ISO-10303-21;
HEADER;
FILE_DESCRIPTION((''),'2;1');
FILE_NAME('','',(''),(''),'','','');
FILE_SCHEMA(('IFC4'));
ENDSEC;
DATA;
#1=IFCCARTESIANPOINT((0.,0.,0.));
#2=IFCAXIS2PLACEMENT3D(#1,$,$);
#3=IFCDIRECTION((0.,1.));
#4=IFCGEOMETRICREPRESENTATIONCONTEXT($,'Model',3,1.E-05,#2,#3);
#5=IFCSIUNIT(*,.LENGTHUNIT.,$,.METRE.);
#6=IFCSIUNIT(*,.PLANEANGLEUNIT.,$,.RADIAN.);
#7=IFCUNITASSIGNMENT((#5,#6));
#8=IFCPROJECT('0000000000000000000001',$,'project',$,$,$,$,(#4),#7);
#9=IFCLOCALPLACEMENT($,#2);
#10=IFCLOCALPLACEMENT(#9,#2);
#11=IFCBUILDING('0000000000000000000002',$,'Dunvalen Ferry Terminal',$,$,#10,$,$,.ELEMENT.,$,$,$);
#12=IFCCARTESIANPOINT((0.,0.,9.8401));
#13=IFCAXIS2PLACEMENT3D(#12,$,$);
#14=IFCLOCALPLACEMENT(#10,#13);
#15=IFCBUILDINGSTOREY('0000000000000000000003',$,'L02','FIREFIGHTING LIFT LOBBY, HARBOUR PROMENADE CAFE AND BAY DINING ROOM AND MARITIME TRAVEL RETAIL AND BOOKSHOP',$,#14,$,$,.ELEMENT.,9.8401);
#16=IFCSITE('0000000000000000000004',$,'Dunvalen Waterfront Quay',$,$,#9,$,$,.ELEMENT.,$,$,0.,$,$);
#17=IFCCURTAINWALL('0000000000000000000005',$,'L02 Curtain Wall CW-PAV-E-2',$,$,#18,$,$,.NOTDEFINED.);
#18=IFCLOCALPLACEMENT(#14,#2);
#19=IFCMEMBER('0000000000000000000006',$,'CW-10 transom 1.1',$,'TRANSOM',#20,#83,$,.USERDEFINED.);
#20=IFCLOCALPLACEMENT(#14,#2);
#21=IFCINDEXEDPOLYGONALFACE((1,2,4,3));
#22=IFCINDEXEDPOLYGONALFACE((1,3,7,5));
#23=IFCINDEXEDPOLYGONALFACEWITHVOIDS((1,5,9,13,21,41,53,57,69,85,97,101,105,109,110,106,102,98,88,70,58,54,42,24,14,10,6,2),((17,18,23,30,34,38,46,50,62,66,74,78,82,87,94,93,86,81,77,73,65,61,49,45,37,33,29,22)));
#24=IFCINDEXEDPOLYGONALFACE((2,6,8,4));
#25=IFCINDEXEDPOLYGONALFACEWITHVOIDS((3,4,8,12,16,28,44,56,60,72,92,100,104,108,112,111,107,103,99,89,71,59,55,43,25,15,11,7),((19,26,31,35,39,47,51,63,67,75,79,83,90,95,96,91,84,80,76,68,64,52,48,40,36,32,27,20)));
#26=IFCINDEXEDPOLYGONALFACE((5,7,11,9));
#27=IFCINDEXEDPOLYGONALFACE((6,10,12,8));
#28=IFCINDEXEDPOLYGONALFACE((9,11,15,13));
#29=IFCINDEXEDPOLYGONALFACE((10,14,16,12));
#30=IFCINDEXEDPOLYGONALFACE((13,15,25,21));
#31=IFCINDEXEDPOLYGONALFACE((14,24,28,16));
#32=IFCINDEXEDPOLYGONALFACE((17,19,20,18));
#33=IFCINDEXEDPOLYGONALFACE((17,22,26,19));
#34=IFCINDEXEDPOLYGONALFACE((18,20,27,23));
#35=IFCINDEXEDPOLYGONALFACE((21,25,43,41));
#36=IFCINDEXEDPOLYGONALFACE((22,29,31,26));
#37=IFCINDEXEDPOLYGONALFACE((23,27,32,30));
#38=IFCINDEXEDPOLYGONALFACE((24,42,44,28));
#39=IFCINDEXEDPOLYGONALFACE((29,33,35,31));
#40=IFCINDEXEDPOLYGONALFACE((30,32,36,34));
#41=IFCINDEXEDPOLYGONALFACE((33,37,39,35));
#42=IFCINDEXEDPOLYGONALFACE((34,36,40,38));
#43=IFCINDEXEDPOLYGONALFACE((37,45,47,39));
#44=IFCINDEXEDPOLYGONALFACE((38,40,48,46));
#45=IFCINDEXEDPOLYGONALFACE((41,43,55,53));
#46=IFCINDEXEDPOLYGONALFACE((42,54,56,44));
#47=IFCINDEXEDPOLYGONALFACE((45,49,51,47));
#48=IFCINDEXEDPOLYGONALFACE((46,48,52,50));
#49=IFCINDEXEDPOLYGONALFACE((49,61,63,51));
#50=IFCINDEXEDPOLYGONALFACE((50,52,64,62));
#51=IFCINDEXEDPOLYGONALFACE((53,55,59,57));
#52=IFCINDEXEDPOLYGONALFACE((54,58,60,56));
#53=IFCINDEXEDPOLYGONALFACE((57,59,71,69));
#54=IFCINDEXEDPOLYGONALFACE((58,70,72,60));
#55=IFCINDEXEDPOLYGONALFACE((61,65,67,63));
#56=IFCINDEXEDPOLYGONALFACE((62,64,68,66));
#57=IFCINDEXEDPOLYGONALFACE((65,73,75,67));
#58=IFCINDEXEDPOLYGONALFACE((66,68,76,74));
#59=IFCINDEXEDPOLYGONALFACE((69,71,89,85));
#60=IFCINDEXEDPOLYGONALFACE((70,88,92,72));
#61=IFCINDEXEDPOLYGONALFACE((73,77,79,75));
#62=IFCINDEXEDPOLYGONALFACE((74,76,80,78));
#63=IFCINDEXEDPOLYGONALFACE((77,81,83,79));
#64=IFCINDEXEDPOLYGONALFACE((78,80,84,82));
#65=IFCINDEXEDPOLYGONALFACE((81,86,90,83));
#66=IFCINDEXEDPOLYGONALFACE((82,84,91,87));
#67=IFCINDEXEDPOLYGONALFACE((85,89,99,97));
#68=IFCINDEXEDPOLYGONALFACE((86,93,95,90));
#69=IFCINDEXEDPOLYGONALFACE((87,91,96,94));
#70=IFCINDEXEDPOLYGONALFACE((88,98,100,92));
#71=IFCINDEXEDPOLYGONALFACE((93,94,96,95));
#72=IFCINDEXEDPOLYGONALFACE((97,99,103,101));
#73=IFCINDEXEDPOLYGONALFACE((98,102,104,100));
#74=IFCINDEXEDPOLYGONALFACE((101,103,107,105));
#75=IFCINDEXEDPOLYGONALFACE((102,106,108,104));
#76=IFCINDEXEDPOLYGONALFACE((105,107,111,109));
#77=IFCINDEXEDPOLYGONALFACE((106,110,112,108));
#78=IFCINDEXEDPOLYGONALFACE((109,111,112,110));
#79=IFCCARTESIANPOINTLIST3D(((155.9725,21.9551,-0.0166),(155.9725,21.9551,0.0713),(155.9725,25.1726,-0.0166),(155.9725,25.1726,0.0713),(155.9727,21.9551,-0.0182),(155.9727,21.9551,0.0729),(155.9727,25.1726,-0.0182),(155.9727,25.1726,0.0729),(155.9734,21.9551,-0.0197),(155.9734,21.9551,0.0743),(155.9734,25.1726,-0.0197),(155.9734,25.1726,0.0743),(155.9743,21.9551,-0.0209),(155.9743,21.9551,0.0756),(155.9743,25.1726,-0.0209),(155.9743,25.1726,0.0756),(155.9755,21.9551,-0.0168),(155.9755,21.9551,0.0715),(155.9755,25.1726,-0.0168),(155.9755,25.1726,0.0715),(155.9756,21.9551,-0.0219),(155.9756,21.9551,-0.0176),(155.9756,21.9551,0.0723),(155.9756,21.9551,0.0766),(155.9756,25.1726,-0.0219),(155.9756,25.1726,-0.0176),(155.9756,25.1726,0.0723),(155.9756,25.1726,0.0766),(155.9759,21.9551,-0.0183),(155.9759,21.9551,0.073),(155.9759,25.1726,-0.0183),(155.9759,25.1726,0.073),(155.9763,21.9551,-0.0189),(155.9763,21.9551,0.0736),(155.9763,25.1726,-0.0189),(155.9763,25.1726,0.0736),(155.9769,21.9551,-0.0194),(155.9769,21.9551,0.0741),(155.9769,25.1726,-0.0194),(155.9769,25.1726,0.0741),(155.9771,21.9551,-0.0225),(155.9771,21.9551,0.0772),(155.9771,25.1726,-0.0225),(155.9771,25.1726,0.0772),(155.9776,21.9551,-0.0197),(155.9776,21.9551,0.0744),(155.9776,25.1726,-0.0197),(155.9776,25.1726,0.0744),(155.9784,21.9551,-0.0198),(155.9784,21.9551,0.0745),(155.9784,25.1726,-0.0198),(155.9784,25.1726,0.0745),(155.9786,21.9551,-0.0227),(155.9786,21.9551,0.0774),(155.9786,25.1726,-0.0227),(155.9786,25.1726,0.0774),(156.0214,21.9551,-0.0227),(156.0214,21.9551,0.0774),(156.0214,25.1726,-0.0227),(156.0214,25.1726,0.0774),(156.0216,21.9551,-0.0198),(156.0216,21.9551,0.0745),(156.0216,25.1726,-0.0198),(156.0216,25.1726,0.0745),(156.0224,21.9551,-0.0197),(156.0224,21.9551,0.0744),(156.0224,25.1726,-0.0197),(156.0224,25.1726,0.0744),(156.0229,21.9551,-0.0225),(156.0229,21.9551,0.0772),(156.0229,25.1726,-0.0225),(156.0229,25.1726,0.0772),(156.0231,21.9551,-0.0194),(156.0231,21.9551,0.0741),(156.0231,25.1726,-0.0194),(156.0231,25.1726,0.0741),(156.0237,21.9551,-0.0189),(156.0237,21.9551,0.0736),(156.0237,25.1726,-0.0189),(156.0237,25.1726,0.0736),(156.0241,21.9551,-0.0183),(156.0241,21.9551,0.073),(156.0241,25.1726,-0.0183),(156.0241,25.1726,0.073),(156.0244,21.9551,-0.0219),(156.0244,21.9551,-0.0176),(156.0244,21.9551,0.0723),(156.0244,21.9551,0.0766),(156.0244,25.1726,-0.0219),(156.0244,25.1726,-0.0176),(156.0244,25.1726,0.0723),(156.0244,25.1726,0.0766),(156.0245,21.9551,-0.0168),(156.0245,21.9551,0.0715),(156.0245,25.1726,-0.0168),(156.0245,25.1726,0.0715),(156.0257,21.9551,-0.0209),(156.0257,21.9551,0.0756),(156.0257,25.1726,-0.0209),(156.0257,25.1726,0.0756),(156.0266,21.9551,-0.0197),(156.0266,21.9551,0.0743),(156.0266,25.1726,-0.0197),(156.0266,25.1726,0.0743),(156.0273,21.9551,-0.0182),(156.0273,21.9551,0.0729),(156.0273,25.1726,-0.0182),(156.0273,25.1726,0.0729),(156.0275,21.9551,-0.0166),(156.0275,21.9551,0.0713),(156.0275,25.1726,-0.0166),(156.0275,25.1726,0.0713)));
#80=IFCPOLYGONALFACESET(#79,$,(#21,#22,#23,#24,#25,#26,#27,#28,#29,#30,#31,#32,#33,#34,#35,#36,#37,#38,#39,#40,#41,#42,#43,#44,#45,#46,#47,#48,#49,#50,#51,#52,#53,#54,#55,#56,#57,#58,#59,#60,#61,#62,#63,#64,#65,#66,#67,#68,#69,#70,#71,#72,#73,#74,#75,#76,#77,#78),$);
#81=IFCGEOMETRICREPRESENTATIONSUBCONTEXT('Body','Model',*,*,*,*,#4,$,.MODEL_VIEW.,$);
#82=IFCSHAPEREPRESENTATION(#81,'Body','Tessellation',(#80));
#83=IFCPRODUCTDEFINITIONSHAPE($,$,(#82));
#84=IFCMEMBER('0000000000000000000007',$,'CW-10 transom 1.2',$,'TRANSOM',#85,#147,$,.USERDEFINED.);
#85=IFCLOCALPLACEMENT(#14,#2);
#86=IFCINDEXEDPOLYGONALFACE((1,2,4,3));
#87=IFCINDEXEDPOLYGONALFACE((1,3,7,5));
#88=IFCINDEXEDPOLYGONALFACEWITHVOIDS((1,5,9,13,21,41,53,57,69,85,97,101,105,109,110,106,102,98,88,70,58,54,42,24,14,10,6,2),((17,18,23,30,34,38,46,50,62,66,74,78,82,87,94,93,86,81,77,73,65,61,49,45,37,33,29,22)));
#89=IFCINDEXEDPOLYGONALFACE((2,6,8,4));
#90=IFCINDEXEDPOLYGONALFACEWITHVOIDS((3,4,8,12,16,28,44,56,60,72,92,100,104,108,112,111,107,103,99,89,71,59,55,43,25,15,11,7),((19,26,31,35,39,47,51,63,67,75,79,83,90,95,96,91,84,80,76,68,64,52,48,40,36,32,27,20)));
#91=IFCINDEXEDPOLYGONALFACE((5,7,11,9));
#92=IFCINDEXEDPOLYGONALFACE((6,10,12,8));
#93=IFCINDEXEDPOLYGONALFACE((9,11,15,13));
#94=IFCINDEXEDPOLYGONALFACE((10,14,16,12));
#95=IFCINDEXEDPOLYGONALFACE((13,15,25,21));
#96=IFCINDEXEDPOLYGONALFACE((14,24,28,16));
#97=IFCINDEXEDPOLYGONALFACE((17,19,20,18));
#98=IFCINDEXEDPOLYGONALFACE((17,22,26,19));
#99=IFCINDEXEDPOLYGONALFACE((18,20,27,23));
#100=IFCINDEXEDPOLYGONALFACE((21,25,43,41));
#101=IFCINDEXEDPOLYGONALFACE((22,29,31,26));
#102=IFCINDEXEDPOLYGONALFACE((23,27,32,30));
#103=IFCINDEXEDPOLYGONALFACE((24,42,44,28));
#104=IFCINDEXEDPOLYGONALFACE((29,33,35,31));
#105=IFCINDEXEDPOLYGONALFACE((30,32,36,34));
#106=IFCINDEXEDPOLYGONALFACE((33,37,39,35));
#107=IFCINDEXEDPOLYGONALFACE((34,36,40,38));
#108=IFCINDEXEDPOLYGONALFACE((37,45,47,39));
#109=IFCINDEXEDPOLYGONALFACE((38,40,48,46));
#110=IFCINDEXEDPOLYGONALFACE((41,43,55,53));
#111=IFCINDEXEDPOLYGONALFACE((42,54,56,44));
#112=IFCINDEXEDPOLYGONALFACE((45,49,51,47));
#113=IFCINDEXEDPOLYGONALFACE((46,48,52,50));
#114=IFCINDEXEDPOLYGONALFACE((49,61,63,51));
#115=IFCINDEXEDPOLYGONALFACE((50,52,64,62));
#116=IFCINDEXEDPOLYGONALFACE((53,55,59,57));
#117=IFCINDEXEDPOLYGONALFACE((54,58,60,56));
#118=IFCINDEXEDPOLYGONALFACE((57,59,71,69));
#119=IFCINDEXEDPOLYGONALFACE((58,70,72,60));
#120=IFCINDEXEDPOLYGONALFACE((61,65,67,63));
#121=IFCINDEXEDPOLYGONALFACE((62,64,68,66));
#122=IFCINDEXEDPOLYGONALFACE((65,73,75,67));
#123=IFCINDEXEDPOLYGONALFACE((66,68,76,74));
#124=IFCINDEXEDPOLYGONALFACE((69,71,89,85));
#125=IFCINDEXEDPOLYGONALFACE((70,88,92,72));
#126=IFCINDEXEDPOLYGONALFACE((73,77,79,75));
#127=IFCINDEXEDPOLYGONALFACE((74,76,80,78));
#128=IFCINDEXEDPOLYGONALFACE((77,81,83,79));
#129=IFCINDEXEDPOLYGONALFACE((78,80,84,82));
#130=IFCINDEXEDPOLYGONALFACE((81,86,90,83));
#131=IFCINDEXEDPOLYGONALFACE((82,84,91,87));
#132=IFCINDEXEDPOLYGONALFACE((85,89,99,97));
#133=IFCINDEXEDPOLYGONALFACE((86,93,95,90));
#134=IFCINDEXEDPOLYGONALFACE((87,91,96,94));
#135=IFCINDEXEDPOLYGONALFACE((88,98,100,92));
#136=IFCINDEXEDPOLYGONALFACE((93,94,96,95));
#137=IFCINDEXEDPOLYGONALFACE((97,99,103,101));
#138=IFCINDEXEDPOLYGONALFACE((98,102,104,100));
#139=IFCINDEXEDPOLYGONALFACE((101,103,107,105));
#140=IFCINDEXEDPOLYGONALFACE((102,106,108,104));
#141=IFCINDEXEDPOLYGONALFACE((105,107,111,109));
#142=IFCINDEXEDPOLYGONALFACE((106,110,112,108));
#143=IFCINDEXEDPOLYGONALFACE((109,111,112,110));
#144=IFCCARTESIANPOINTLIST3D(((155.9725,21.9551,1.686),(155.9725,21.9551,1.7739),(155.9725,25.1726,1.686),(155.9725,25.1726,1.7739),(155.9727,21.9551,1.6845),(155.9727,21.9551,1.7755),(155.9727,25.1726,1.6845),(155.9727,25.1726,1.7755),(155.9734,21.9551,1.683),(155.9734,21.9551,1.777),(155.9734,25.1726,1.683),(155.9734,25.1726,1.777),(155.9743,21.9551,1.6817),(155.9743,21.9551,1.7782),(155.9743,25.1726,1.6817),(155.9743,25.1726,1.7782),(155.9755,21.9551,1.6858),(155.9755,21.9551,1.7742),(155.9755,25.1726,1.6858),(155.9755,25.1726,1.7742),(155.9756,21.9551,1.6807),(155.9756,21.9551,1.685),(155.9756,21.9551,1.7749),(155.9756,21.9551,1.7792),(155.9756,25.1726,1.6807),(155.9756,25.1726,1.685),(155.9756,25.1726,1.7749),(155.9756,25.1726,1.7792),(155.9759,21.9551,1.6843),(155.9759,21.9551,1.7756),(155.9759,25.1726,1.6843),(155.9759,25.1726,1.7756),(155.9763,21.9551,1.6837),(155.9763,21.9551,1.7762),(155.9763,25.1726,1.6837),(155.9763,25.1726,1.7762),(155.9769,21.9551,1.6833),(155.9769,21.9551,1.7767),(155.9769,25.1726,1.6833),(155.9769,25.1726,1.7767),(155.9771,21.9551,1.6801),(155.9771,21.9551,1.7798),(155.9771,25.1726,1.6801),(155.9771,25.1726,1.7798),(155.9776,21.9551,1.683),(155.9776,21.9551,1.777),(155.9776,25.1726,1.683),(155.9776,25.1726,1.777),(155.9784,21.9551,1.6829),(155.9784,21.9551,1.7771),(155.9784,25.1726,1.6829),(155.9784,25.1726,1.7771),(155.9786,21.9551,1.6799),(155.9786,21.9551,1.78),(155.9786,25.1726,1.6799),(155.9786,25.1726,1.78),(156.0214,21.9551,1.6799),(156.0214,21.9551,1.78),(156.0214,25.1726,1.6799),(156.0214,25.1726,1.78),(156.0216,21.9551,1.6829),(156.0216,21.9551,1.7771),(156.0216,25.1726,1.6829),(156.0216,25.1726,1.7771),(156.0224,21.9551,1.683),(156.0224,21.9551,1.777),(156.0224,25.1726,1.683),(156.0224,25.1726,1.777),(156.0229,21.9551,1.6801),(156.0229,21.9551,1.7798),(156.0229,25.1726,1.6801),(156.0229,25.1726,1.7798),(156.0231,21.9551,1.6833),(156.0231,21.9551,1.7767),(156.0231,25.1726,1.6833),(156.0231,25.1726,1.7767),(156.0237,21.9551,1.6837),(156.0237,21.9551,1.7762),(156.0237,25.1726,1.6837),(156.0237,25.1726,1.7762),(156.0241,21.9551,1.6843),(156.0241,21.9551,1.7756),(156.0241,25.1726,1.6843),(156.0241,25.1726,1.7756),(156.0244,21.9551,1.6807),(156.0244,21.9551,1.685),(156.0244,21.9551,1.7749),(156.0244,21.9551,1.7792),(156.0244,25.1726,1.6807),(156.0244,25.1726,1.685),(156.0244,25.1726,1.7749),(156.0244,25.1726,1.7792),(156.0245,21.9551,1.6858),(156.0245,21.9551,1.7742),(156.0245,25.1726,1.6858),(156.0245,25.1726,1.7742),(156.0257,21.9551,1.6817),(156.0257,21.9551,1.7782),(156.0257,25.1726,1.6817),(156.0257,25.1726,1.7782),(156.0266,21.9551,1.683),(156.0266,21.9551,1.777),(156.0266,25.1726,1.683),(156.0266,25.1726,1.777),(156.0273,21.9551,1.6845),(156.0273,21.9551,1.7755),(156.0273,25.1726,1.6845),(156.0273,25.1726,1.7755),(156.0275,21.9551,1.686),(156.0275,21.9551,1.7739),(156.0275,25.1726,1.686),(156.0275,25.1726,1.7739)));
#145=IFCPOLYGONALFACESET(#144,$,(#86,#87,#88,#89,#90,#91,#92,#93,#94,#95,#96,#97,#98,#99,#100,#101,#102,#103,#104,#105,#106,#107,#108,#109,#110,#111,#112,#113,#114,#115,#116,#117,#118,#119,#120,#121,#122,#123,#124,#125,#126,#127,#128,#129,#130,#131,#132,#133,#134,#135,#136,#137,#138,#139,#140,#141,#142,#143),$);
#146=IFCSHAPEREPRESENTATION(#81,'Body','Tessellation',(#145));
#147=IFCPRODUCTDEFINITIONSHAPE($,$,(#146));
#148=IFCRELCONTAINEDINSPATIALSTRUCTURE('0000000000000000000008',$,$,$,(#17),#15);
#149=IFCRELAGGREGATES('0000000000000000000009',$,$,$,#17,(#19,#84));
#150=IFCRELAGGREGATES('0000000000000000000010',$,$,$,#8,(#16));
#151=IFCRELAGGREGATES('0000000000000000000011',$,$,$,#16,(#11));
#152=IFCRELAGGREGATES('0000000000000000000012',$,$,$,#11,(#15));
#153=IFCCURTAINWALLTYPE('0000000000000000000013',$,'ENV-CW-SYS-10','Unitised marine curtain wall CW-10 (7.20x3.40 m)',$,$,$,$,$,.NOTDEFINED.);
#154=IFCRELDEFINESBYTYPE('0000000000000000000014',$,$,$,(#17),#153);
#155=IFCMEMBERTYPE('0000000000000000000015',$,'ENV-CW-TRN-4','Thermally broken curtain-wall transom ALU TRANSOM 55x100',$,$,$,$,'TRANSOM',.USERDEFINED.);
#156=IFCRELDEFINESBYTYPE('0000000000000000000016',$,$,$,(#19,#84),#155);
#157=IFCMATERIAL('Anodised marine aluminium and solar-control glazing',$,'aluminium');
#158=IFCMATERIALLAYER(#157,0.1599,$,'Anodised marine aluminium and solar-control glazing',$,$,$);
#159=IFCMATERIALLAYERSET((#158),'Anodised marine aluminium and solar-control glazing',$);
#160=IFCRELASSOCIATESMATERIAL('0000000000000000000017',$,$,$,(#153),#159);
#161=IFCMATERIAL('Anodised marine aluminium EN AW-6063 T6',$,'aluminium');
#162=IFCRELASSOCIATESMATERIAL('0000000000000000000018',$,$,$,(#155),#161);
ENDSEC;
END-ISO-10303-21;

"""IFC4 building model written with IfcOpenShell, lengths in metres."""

from ifc_helpers import new_model, si_unit, direction, frame, origin, origin_2d, place, context, subcontext, project, spatial, hollow_rectangle, extrude, material, layer, layer_set, material_profile, profile_set, type_object, element, aggregate, save


model = new_model("IFC4")

# Units and contexts
model_context = context("Model", 3, precision=1e-05, world=origin(), true_north=direction((0.0, 1.0)))
body_context = subcontext(model_context, "Body", "Model", "MODEL_VIEW")
ifc_project = project(units=[si_unit("LENGTHUNIT", "METRE"), si_unit("PLANEANGLEUNIT", "RADIAN")], contexts=[model_context])

# Site, building, storey
site_placement = place(None, origin())
site = spatial("IfcSite", under=ifc_project, at=site_placement, Name="Dunvalen Waterfront Quay", CompositionType="ELEMENT", RefElevation=0.0)
building_placement = place(site_placement, origin())
building = spatial("IfcBuilding", under=site, at=building_placement, Name="Dunvalen Ferry Terminal", CompositionType="ELEMENT")
storey_placement = place(building_placement, frame((0.0, 0.0, 9.8401)))
storey = spatial("IfcBuildingStorey", under=building, at=storey_placement, Name="L02", Description="FIREFIGHTING LIFT LOBBY, HARBOUR PROMENADE CAFE AND BAY DINING ROOM AND MARITIME TRAVEL RETAIL AND BOOKSHOP", CompositionType="ELEMENT", Elevation=9.8401)

# Shared definitions
ifc_material_1 = material(Name="Anodised marine aluminium and solar-control glazing", Category="aluminium")
ifc_layer_1 = layer(ifc_material_1, 0.1599, Name="Anodised marine aluminium and solar-control glazing")
ifc_layer_set_1 = layer_set([ifc_layer_1], Name="Anodised marine aluminium and solar-control glazing")
curtain_wall_type = type_object("IfcCurtainWallType", Name="ENV-CW-SYS-10", Description="Unitised marine curtain wall CW-10 (7.20x3.40 m)", PredefinedType="NOTDEFINED", material=ifc_layer_set_1)
ifc_material_2 = material(Name="Anodised marine aluminium EN AW-6063 T6", Category="aluminium")

# Curtain wall
curtain_wall_1_placement = place(storey_placement, origin())
curtain_wall_1 = element("IfcCurtainWall", 1, at=curtain_wall_1_placement, inside=storey, type_object=curtain_wall_type, Name="L02 Curtain Wall CW-PAV-E-2", PredefinedType="NOTDEFINED")

# Members
ifc_material_profile_1 = material_profile(ifc_material_2, hollow_rectangle(XDim=0.0549, YDim=0.1001, WallThickness=0.0029, InnerFilletRadius=0.0029, OuterFilletRadius=0.0061, at=origin_2d()), Name="Anodised marine aluminium EN AW-6063 T6")
ifc_profile_set_1 = profile_set([ifc_material_profile_1], Name="Anodised marine aluminium EN AW-6063 T6")
member_type_1 = type_object("IfcMemberType", Name="ENV-CW-TRN-4", Description="Thermally broken curtain-wall transom ALU TRANSOM 55x100", ElementType="TRANSOM", PredefinedType="USERDEFINED", material=ifc_profile_set_1)
member_1_placement = place(storey_placement, frame((156.0, 21.9551, 0.0273), z_axis=(0.0, 1.0, 0.0), x_axis=(-1.0, 0.0, 0.0)))
member_1 = element("IfcMember", 2, at=member_1_placement, type_object=member_type_1, Name="CW-10 transom 1.1", ObjectType="TRANSOM", PredefinedType="USERDEFINED", context=body_context, shape_type="SweptSolid", body=[
    extrude(hollow_rectangle(XDim=0.0549, YDim=0.1001, WallThickness=0.0029, InnerFilletRadius=0.0029, OuterFilletRadius=0.0061, at=origin_2d()), origin(), (0.0, 0.0, 1.0), 3.2175),
])
member_2_placement = place(storey_placement, frame((156.0, 21.9551, 1.73), z_axis=(0.0, 1.0, 0.0), x_axis=(-1.0, 0.0, 0.0)))
member_2 = element("IfcMember", 3, at=member_2_placement, type_object=member_type_1, Name="CW-10 transom 1.2", ObjectType="TRANSOM", PredefinedType="USERDEFINED", context=body_context, shape_type="SweptSolid", body=[
    extrude(hollow_rectangle(XDim=0.0549, YDim=0.1001, WallThickness=0.0029, InnerFilletRadius=0.0029, OuterFilletRadius=0.0061, at=origin_2d()), origin(), (0.0, 0.0, 1.0), 3.2175),
])

aggregate(curtain_wall_1, [member_1, member_2])

save(model, "model.ifc")
